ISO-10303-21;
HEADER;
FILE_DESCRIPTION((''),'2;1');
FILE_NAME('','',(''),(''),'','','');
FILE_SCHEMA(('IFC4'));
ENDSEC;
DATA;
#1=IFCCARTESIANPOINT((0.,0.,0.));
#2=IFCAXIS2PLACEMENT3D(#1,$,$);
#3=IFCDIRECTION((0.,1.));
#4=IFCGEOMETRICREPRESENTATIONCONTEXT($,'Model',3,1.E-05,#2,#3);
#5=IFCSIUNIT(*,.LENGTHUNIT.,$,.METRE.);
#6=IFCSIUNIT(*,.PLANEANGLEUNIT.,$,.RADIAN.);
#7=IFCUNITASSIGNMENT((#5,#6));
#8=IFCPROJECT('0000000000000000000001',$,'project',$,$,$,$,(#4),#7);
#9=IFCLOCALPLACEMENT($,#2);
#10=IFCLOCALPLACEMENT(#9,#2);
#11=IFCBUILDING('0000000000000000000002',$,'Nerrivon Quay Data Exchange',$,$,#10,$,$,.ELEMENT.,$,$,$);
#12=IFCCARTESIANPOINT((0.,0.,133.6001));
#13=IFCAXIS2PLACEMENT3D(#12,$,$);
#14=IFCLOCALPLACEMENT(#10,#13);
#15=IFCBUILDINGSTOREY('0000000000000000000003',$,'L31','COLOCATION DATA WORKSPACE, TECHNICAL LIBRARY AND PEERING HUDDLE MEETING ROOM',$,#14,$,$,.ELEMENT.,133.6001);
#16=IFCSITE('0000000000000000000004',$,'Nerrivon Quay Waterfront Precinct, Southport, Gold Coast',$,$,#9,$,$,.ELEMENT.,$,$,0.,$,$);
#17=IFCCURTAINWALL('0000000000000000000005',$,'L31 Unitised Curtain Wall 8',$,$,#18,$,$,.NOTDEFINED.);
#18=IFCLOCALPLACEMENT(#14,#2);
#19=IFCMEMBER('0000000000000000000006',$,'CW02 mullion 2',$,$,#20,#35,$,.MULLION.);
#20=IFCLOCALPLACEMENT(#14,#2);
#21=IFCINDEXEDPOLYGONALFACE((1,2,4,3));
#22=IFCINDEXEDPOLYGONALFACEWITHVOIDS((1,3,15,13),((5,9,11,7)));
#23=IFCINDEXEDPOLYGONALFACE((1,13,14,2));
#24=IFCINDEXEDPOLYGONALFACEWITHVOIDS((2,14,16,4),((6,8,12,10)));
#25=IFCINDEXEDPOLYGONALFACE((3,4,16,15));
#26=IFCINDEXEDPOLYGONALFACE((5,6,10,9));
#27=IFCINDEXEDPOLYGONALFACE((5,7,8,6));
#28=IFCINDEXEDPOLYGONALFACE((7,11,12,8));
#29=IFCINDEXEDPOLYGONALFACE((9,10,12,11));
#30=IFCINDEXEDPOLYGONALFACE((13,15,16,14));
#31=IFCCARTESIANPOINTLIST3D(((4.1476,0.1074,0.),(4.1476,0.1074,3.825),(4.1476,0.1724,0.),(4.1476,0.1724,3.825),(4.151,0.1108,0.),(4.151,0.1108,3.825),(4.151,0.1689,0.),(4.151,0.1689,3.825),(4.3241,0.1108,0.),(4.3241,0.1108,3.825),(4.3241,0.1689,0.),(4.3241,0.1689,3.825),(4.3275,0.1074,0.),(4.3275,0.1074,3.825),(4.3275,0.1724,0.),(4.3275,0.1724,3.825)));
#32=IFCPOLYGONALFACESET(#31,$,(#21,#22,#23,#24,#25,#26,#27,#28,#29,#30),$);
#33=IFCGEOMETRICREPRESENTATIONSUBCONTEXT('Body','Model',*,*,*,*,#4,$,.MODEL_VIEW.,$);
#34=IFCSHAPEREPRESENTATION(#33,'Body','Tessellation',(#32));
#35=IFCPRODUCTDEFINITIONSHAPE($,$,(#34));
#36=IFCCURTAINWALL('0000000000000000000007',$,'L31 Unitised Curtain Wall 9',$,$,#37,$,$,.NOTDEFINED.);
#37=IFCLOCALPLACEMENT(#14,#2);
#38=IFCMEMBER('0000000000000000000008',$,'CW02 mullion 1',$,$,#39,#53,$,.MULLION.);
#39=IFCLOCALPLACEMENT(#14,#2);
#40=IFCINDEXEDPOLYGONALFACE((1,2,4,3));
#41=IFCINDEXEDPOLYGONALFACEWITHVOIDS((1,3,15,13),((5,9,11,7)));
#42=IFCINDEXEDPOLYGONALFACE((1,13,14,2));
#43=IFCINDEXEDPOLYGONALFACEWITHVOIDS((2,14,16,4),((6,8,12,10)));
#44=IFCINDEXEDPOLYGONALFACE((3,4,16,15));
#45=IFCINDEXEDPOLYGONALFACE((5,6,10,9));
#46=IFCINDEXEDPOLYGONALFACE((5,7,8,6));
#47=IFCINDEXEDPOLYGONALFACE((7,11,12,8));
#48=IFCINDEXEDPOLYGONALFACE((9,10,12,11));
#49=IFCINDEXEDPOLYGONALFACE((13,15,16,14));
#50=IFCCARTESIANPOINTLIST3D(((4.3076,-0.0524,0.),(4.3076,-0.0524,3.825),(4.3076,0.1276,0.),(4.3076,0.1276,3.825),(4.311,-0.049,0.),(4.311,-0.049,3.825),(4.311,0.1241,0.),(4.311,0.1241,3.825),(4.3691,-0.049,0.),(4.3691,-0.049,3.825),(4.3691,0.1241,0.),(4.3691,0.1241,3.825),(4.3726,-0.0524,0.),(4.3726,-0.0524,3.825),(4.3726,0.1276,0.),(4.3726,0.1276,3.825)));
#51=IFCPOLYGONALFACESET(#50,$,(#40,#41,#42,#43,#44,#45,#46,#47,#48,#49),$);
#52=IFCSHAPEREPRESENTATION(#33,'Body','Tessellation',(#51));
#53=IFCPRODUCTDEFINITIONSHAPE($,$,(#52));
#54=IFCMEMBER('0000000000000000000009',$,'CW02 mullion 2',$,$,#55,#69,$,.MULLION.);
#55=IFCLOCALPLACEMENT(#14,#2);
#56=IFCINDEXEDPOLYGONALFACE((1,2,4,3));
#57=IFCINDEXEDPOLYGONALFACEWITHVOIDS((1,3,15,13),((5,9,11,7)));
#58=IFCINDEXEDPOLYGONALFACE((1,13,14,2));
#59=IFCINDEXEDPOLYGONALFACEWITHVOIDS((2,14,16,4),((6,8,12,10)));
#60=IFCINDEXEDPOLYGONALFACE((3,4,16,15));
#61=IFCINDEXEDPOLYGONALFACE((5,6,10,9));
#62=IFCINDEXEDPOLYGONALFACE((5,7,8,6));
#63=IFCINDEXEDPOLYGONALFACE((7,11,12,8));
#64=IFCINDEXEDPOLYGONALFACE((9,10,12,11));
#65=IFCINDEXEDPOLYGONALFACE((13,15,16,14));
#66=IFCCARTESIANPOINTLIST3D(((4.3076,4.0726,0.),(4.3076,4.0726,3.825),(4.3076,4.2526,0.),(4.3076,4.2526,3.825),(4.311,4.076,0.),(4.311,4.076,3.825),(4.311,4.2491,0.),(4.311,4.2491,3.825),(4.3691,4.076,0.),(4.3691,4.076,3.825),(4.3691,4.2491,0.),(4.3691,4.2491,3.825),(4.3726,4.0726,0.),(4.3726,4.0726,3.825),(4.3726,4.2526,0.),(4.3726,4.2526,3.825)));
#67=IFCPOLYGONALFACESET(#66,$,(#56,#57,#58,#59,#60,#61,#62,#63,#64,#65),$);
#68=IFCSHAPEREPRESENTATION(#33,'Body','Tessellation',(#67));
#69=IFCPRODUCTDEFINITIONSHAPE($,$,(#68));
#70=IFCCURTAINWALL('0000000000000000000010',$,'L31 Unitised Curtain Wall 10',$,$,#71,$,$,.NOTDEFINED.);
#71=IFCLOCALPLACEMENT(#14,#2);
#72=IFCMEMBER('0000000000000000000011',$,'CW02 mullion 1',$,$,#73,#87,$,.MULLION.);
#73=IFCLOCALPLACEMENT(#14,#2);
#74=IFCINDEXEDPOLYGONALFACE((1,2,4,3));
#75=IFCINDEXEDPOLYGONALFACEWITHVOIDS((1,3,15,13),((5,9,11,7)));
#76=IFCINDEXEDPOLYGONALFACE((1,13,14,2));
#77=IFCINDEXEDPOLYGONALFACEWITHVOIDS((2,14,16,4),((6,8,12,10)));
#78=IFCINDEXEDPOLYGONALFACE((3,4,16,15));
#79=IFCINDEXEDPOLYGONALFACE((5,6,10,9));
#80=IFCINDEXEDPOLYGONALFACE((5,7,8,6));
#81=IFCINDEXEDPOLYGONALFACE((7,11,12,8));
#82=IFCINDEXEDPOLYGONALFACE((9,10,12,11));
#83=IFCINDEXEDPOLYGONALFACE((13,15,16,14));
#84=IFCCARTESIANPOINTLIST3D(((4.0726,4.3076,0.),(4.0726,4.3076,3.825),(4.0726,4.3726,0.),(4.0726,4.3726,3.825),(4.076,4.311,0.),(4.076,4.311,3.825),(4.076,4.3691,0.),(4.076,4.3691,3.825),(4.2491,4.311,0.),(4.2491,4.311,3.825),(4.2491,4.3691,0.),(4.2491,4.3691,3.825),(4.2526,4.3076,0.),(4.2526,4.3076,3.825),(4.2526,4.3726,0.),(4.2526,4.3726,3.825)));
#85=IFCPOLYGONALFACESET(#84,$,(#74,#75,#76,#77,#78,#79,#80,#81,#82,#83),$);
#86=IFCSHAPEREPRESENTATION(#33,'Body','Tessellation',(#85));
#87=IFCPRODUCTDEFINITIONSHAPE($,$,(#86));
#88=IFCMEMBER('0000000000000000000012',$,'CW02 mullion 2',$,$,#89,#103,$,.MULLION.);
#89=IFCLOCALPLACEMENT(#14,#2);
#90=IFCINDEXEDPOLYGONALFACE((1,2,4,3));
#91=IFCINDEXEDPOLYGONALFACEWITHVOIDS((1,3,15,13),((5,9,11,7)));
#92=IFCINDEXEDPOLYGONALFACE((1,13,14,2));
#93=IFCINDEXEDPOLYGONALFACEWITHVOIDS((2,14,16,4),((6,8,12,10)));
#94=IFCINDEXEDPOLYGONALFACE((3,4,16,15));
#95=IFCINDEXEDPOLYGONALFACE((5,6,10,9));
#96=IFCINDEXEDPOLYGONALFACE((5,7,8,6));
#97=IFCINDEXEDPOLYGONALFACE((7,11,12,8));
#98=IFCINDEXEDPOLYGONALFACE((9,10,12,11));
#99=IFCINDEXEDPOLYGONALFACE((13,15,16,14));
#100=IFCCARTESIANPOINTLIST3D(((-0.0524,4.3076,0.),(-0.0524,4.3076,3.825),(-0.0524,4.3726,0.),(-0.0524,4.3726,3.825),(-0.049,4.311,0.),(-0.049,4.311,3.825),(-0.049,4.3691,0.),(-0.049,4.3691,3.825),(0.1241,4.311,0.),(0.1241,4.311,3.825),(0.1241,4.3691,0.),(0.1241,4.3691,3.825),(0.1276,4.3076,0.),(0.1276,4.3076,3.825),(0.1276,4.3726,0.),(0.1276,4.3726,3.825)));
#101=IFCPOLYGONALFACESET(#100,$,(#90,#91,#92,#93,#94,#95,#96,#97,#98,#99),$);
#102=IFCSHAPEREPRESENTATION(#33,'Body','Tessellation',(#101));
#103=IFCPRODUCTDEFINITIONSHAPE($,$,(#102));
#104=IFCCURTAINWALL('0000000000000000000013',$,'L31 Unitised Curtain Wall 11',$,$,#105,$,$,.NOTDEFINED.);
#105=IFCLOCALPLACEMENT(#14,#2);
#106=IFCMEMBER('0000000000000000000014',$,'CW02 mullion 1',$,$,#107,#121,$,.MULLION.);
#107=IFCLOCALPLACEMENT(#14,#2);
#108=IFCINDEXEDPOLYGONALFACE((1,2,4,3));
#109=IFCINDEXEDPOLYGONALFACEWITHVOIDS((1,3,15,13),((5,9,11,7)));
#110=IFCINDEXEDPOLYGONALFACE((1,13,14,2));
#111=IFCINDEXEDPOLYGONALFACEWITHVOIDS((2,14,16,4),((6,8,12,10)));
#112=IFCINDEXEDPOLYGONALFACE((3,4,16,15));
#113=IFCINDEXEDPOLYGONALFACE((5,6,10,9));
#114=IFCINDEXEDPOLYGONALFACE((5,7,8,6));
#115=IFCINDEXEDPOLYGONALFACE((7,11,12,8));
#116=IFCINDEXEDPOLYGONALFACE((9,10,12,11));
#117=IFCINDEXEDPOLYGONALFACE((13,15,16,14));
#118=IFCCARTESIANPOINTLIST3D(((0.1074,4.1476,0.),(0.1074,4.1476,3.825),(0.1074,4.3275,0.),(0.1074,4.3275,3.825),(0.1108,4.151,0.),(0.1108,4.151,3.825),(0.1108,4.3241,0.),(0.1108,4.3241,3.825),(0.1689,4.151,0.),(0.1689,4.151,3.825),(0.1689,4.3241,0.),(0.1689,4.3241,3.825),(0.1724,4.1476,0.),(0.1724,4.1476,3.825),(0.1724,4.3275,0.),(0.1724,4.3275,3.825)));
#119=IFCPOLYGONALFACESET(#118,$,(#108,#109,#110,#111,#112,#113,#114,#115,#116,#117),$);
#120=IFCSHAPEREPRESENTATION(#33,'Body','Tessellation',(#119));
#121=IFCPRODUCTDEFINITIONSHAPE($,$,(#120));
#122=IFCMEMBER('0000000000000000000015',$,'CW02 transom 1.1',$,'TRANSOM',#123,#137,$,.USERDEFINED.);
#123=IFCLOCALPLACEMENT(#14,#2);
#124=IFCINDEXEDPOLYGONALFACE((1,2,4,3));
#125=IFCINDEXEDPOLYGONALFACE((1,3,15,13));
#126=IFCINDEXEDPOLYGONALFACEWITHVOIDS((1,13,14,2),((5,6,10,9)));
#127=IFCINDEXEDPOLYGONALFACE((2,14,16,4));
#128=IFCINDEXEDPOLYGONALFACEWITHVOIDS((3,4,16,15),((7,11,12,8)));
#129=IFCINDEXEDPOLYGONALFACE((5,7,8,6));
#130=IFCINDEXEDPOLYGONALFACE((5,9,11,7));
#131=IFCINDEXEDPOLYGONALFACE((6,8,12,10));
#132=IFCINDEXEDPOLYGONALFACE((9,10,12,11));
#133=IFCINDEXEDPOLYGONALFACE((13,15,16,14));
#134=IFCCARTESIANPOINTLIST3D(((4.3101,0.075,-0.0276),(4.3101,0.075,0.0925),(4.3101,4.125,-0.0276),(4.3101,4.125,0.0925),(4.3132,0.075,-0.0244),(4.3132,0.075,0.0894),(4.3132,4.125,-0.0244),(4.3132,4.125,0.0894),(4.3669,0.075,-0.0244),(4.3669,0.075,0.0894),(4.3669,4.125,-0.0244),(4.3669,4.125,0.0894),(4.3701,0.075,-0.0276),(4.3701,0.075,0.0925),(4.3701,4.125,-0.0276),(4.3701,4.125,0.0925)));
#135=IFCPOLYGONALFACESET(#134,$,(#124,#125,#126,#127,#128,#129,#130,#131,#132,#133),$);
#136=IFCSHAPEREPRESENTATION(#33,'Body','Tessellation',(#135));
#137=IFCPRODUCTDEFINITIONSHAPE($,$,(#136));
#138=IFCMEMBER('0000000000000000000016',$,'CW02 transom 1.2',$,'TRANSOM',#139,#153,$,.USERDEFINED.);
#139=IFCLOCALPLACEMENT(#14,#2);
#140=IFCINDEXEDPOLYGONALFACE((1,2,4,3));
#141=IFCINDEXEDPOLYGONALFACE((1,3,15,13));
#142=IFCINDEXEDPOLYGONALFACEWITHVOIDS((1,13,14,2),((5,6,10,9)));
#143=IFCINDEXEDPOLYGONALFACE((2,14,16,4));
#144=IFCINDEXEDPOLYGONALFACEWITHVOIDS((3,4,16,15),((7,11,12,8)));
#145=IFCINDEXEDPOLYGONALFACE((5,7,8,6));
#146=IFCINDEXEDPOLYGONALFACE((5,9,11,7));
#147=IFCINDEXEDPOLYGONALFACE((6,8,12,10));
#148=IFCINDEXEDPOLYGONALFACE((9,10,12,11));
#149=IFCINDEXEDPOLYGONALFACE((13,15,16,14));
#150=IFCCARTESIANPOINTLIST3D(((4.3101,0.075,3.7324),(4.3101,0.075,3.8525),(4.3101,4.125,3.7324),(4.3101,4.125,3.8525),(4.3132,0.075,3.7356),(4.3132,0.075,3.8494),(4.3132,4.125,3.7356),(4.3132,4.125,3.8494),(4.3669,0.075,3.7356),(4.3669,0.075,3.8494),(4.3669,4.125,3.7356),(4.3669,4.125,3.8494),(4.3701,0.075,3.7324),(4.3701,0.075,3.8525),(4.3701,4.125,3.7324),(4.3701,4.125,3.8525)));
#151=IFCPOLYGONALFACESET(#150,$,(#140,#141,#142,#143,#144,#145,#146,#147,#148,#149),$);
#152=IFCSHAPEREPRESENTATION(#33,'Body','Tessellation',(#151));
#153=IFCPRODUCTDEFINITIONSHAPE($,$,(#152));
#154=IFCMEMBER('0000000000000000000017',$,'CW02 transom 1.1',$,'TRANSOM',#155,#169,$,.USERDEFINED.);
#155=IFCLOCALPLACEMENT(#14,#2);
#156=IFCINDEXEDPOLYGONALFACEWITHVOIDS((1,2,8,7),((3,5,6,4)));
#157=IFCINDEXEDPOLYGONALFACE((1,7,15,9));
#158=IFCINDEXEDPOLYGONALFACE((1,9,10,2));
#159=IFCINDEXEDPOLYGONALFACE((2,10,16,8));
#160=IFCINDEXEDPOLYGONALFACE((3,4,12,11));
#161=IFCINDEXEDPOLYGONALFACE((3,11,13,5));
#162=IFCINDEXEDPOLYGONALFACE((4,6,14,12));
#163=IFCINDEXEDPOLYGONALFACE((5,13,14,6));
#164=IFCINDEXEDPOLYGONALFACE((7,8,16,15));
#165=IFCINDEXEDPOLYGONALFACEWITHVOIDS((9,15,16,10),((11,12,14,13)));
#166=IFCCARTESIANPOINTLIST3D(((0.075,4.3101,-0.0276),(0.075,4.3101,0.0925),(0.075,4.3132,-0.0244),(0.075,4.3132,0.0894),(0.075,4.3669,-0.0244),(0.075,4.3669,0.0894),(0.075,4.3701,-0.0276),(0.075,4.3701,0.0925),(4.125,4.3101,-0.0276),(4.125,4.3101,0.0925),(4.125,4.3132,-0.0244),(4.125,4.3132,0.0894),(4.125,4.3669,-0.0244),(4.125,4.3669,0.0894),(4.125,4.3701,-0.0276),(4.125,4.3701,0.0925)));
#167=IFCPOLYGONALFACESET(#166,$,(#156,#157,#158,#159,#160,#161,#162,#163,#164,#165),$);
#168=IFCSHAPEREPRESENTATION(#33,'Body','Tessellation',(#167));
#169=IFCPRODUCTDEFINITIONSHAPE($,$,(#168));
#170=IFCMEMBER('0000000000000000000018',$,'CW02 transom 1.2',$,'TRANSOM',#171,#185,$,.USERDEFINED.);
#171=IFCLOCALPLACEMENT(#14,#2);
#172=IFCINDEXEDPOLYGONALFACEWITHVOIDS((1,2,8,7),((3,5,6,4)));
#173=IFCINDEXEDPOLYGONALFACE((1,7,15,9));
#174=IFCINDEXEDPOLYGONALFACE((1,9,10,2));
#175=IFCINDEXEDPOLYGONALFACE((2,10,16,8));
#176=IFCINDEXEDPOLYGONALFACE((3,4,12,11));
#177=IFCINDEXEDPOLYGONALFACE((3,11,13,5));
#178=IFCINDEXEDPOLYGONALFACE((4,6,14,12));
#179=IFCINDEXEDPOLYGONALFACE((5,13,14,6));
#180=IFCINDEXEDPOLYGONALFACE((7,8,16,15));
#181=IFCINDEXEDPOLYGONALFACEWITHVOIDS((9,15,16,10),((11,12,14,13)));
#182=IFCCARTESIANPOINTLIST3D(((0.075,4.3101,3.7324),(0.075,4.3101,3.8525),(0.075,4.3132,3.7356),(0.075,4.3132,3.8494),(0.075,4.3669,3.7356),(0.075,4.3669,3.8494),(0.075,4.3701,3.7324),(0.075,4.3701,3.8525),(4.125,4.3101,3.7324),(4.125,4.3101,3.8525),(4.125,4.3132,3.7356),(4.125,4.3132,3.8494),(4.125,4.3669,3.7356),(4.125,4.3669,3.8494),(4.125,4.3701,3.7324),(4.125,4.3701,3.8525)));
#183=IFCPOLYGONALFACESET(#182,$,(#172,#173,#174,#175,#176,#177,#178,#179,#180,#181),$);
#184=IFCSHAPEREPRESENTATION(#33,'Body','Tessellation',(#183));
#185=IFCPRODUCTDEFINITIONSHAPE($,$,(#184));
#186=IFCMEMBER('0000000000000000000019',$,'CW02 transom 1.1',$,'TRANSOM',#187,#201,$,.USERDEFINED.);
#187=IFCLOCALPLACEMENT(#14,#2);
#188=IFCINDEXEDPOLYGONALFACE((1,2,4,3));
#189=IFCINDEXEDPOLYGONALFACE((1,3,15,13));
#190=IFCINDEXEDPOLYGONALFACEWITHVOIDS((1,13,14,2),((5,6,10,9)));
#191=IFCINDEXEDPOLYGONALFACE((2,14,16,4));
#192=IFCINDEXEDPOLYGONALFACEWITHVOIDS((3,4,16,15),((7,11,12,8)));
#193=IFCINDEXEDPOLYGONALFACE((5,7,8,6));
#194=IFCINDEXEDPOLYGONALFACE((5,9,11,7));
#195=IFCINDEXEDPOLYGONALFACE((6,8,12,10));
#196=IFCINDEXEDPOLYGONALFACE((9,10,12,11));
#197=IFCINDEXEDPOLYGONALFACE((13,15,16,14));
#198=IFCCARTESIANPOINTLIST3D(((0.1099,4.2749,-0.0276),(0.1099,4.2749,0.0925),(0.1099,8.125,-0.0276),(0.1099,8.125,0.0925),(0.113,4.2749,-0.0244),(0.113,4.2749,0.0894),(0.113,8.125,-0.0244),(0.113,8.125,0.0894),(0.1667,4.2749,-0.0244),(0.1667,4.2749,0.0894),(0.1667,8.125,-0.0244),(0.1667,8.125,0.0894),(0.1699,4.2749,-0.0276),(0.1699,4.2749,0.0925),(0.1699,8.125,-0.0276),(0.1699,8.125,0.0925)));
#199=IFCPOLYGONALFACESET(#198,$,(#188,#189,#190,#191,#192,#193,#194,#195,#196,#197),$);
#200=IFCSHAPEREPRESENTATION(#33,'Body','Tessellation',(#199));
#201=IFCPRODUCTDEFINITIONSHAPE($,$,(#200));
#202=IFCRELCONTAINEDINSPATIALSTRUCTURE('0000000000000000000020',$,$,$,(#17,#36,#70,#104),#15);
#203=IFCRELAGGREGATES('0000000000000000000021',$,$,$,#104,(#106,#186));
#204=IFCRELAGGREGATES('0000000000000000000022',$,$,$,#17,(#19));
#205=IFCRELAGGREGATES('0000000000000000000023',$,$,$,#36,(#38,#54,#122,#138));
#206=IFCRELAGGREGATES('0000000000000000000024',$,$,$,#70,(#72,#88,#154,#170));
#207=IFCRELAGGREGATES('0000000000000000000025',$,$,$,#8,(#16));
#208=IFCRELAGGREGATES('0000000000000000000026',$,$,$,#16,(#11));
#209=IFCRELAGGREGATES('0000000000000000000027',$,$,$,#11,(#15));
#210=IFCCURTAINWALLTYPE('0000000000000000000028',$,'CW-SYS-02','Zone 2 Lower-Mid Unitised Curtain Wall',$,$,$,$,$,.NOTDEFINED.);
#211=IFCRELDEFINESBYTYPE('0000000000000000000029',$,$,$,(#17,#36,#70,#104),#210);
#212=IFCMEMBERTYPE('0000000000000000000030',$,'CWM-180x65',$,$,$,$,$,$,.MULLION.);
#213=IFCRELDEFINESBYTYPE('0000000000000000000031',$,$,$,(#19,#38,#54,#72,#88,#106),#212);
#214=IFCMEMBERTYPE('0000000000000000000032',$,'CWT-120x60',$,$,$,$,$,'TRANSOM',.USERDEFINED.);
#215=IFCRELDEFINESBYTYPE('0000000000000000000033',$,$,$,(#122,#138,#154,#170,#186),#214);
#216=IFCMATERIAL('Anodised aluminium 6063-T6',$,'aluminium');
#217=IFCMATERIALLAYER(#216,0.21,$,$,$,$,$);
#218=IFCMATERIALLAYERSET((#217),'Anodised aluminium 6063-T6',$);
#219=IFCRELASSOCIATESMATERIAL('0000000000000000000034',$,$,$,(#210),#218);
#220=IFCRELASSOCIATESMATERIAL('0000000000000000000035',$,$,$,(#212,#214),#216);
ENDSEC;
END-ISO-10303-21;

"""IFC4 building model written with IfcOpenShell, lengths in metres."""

from ifc_helpers import new_model, si_unit, direction, frame, origin, origin_2d, place, context, subcontext, project, spatial, hollow_rectangle, extrude, material, layer, layer_set, material_profile, profile_set, type_object, element, aggregate, save


model = new_model("IFC4")

# Units and contexts
model_context = context("Model", 3, precision=1e-05, world=origin(), true_north=direction((0.0, 1.0)))
body_context = subcontext(model_context, "Body", "Model", "MODEL_VIEW")
ifc_project = project(units=[si_unit("LENGTHUNIT", "METRE"), si_unit("PLANEANGLEUNIT", "RADIAN")], contexts=[model_context])

# Site, building, storey
site_placement = place(None, origin())
site = spatial("IfcSite", under=ifc_project, at=site_placement, Name="Nerrivon Quay Waterfront Precinct, Southport, Gold Coast", CompositionType="ELEMENT", RefElevation=0.0)
building_placement = place(site_placement, origin())
building = spatial("IfcBuilding", under=site, at=building_placement, Name="Nerrivon Quay Data Exchange", CompositionType="ELEMENT")
storey_placement = place(building_placement, frame((0.0, 0.0, 133.6001)))
storey = spatial("IfcBuildingStorey", under=building, at=storey_placement, Name="L31", Description="COLOCATION DATA WORKSPACE, TECHNICAL LIBRARY AND PEERING HUDDLE MEETING ROOM", CompositionType="ELEMENT", Elevation=133.6001)

# Curtain wall, member
ifc_material_1 = material(Name="Anodised aluminium 6063-T6", Category="aluminium")
ifc_layer_1 = layer(ifc_material_1, 0.21)
ifc_layer_set_1 = layer_set([ifc_layer_1], Name="Anodised aluminium 6063-T6")
curtain_wall_type = type_object("IfcCurtainWallType", Name="CW-SYS-02", Description="Zone 2 Lower-Mid Unitised Curtain Wall", PredefinedType="NOTDEFINED", material=ifc_layer_set_1)
curtain_wall_1_placement = place(storey_placement, origin())
curtain_wall_1 = element("IfcCurtainWall", 1, at=curtain_wall_1_placement, inside=storey, type_object=curtain_wall_type, Name="L31 Unitised Curtain Wall 8", PredefinedType="NOTDEFINED")
ifc_material_profile_1 = material_profile(ifc_material_1, hollow_rectangle(XDim=0.0649, YDim=0.1799, WallThickness=0.0034, at=origin_2d()), Name="ALU-MULL-180x65")
ifc_profile_set_1 = profile_set([ifc_material_profile_1], Name="Anodised aluminium 6063-T6")
member_type_1 = type_object("IfcMemberType", Name="CWM-180x65", PredefinedType="MULLION", material=ifc_profile_set_1)
member_1_placement = place(storey_placement, frame((4.2375, 0.1399, 0.0), z_axis=(0.0, 0.0, 1.0), x_axis=(0.0, -1.0, 0.0)))
member_1 = element("IfcMember", 2, at=member_1_placement, type_object=member_type_1, Name="CW02 mullion 2", PredefinedType="MULLION", context=body_context, shape_type="SweptSolid", body=[
    extrude(hollow_rectangle(XDim=0.0649, YDim=0.1799, WallThickness=0.0034, at=origin_2d()), origin(), (0.0, 0.0, 1.0), 3.825),
])

# Curtain walls, members
curtain_wall_2_placement = place(storey_placement, origin())
curtain_wall_2 = element("IfcCurtainWall", 3, at=curtain_wall_2_placement, inside=storey, type_object=curtain_wall_type, Name="L31 Unitised Curtain Wall 9", PredefinedType="NOTDEFINED")
member_2_placement = place(storey_placement, frame((4.3401, 0.0376, 0.0), z_axis=(0.0, 0.0, 1.0), x_axis=(-1.0, 0.0, 0.0)))
member_2 = element("IfcMember", 4, at=member_2_placement, type_object=member_type_1, Name="CW02 mullion 1", PredefinedType="MULLION", context=body_context, shape_type="SweptSolid", body=[
    extrude(hollow_rectangle(XDim=0.0649, YDim=0.1799, WallThickness=0.0034, at=origin_2d()), origin(), (0.0, 0.0, 1.0), 3.825),
])
member_3_placement = place(storey_placement, frame((4.3401, 4.1626, 0.0), z_axis=(0.0, 0.0, 1.0), x_axis=(-1.0, 0.0, 0.0)))
member_3 = element("IfcMember", 5, at=member_3_placement, type_object=member_type_1, Name="CW02 mullion 2", PredefinedType="MULLION", context=body_context, shape_type="SweptSolid", body=[
    extrude(hollow_rectangle(XDim=0.0649, YDim=0.1799, WallThickness=0.0034, at=origin_2d()), origin(), (0.0, 0.0, 1.0), 3.825),
])
curtain_wall_3_placement = place(storey_placement, origin())
curtain_wall_3 = element("IfcCurtainWall", 6, at=curtain_wall_3_placement, inside=storey, type_object=curtain_wall_type, Name="L31 Unitised Curtain Wall 10", PredefinedType="NOTDEFINED")
member_4_placement = place(storey_placement, frame((4.1626, 4.3401, 0.0), z_axis=(0.0, 0.0, 1.0), x_axis=(0.0, -1.0, 0.0)))
member_4 = element("IfcMember", 7, at=member_4_placement, type_object=member_type_1, Name="CW02 mullion 1", PredefinedType="MULLION", context=body_context, shape_type="SweptSolid", body=[
    extrude(hollow_rectangle(XDim=0.0649, YDim=0.1799, WallThickness=0.0034, at=origin_2d()), origin(), (0.0, 0.0, 1.0), 3.825),
])
member_5_placement = place(storey_placement, frame((0.0376, 4.3401, 0.0), z_axis=(0.0, 0.0, 1.0), x_axis=(0.0, -1.0, 0.0)))
member_5 = element("IfcMember", 8, at=member_5_placement, type_object=member_type_1, Name="CW02 mullion 2", PredefinedType="MULLION", context=body_context, shape_type="SweptSolid", body=[
    extrude(hollow_rectangle(XDim=0.0649, YDim=0.1799, WallThickness=0.0034, at=origin_2d()), origin(), (0.0, 0.0, 1.0), 3.825),
])

# Curtain wall, member
curtain_wall_4_placement = place(storey_placement, origin())
curtain_wall_4 = element("IfcCurtainWall", 9, at=curtain_wall_4_placement, inside=storey, type_object=curtain_wall_type, Name="L31 Unitised Curtain Wall 11", PredefinedType="NOTDEFINED")
member_6_placement = place(storey_placement, frame((0.1399, 4.2375, 0.0), z_axis=(0.0, 0.0, 1.0), x_axis=(-1.0, 0.0, 0.0)))
member_6 = element("IfcMember", 10, at=member_6_placement, type_object=member_type_1, Name="CW02 mullion 1", PredefinedType="MULLION", context=body_context, shape_type="SweptSolid", body=[
    extrude(hollow_rectangle(XDim=0.0649, YDim=0.1799, WallThickness=0.0034, at=origin_2d()), origin(), (0.0, 0.0, 1.0), 3.825),
])

# Members
ifc_material_profile_2 = material_profile(ifc_material_1, hollow_rectangle(XDim=0.0601, YDim=0.1201, WallThickness=0.0032, at=origin_2d()), Name="ALU-TRAN-120x60")
ifc_profile_set_2 = profile_set([ifc_material_profile_2], Name="Anodised aluminium 6063-T6")
member_type_2 = type_object("IfcMemberType", Name="CWT-120x60", ElementType="TRANSOM", PredefinedType="USERDEFINED", material=ifc_profile_set_2)
member_7_placement = place(storey_placement, frame((4.3401, 0.075, 0.0325), z_axis=(0.0, 1.0, 0.0), x_axis=(-1.0, 0.0, 0.0)))
member_7 = element("IfcMember", 11, at=member_7_placement, type_object=member_type_2, Name="CW02 transom 1.1", ObjectType="TRANSOM", PredefinedType="USERDEFINED", context=body_context, shape_type="SweptSolid", body=[
    extrude(hollow_rectangle(XDim=0.0601, YDim=0.1201, WallThickness=0.0032, at=origin_2d()), origin(), (0.0, 0.0, 1.0), 4.05),
])
member_8_placement = place(storey_placement, frame((4.3401, 0.075, 3.7925), z_axis=(0.0, 1.0, 0.0), x_axis=(-1.0, 0.0, 0.0)))
member_8 = element("IfcMember", 12, at=member_8_placement, type_object=member_type_2, Name="CW02 transom 1.2", ObjectType="TRANSOM", PredefinedType="USERDEFINED", context=body_context, shape_type="SweptSolid", body=[
    extrude(hollow_rectangle(XDim=0.0601, YDim=0.1201, WallThickness=0.0032, at=origin_2d()), origin(), (0.0, 0.0, 1.0), 4.05),
])
member_9_placement = place(storey_placement, frame((4.125, 4.3401, 0.0325), z_axis=(-1.0, 0.0, 0.0), x_axis=(0.0, -1.0, 0.0)))
member_9 = element("IfcMember", 13, at=member_9_placement, type_object=member_type_2, Name="CW02 transom 1.1", ObjectType="TRANSOM", PredefinedType="USERDEFINED", context=body_context, shape_type="SweptSolid", body=[
    extrude(hollow_rectangle(XDim=0.0601, YDim=0.1201, WallThickness=0.0032, at=origin_2d()), origin(), (0.0, 0.0, 1.0), 4.05),
])
member_10_placement = place(storey_placement, frame((4.125, 4.3401, 3.7925), z_axis=(-1.0, 0.0, 0.0), x_axis=(0.0, -1.0, 0.0)))
member_10 = element("IfcMember", 14, at=member_10_placement, type_object=member_type_2, Name="CW02 transom 1.2", ObjectType="TRANSOM", PredefinedType="USERDEFINED", context=body_context, shape_type="SweptSolid", body=[
    extrude(hollow_rectangle(XDim=0.0601, YDim=0.1201, WallThickness=0.0032, at=origin_2d()), origin(), (0.0, 0.0, 1.0), 4.05),
])
member_11_placement = place(storey_placement, frame((0.1399, 4.2749, 0.0325), z_axis=(0.0, 1.0, 0.0), x_axis=(-1.0, 0.0, 0.0)))
member_11 = element("IfcMember", 15, at=member_11_placement, type_object=member_type_2, Name="CW02 transom 1.1", ObjectType="TRANSOM", PredefinedType="USERDEFINED", context=body_context, shape_type="SweptSolid", body=[
    extrude(hollow_rectangle(XDim=0.0601, YDim=0.1201, WallThickness=0.0032, at=origin_2d()), origin(), (0.0, 0.0, 1.0), 3.8501),
])
aggregate(curtain_wall_4, [member_6, member_11])

aggregate(curtain_wall_1, [member_1])
aggregate(curtain_wall_2, [member_2, member_3, member_7, member_8])
aggregate(curtain_wall_3, [member_4, member_5, member_9, member_10])

save(model, "model.ifc")
